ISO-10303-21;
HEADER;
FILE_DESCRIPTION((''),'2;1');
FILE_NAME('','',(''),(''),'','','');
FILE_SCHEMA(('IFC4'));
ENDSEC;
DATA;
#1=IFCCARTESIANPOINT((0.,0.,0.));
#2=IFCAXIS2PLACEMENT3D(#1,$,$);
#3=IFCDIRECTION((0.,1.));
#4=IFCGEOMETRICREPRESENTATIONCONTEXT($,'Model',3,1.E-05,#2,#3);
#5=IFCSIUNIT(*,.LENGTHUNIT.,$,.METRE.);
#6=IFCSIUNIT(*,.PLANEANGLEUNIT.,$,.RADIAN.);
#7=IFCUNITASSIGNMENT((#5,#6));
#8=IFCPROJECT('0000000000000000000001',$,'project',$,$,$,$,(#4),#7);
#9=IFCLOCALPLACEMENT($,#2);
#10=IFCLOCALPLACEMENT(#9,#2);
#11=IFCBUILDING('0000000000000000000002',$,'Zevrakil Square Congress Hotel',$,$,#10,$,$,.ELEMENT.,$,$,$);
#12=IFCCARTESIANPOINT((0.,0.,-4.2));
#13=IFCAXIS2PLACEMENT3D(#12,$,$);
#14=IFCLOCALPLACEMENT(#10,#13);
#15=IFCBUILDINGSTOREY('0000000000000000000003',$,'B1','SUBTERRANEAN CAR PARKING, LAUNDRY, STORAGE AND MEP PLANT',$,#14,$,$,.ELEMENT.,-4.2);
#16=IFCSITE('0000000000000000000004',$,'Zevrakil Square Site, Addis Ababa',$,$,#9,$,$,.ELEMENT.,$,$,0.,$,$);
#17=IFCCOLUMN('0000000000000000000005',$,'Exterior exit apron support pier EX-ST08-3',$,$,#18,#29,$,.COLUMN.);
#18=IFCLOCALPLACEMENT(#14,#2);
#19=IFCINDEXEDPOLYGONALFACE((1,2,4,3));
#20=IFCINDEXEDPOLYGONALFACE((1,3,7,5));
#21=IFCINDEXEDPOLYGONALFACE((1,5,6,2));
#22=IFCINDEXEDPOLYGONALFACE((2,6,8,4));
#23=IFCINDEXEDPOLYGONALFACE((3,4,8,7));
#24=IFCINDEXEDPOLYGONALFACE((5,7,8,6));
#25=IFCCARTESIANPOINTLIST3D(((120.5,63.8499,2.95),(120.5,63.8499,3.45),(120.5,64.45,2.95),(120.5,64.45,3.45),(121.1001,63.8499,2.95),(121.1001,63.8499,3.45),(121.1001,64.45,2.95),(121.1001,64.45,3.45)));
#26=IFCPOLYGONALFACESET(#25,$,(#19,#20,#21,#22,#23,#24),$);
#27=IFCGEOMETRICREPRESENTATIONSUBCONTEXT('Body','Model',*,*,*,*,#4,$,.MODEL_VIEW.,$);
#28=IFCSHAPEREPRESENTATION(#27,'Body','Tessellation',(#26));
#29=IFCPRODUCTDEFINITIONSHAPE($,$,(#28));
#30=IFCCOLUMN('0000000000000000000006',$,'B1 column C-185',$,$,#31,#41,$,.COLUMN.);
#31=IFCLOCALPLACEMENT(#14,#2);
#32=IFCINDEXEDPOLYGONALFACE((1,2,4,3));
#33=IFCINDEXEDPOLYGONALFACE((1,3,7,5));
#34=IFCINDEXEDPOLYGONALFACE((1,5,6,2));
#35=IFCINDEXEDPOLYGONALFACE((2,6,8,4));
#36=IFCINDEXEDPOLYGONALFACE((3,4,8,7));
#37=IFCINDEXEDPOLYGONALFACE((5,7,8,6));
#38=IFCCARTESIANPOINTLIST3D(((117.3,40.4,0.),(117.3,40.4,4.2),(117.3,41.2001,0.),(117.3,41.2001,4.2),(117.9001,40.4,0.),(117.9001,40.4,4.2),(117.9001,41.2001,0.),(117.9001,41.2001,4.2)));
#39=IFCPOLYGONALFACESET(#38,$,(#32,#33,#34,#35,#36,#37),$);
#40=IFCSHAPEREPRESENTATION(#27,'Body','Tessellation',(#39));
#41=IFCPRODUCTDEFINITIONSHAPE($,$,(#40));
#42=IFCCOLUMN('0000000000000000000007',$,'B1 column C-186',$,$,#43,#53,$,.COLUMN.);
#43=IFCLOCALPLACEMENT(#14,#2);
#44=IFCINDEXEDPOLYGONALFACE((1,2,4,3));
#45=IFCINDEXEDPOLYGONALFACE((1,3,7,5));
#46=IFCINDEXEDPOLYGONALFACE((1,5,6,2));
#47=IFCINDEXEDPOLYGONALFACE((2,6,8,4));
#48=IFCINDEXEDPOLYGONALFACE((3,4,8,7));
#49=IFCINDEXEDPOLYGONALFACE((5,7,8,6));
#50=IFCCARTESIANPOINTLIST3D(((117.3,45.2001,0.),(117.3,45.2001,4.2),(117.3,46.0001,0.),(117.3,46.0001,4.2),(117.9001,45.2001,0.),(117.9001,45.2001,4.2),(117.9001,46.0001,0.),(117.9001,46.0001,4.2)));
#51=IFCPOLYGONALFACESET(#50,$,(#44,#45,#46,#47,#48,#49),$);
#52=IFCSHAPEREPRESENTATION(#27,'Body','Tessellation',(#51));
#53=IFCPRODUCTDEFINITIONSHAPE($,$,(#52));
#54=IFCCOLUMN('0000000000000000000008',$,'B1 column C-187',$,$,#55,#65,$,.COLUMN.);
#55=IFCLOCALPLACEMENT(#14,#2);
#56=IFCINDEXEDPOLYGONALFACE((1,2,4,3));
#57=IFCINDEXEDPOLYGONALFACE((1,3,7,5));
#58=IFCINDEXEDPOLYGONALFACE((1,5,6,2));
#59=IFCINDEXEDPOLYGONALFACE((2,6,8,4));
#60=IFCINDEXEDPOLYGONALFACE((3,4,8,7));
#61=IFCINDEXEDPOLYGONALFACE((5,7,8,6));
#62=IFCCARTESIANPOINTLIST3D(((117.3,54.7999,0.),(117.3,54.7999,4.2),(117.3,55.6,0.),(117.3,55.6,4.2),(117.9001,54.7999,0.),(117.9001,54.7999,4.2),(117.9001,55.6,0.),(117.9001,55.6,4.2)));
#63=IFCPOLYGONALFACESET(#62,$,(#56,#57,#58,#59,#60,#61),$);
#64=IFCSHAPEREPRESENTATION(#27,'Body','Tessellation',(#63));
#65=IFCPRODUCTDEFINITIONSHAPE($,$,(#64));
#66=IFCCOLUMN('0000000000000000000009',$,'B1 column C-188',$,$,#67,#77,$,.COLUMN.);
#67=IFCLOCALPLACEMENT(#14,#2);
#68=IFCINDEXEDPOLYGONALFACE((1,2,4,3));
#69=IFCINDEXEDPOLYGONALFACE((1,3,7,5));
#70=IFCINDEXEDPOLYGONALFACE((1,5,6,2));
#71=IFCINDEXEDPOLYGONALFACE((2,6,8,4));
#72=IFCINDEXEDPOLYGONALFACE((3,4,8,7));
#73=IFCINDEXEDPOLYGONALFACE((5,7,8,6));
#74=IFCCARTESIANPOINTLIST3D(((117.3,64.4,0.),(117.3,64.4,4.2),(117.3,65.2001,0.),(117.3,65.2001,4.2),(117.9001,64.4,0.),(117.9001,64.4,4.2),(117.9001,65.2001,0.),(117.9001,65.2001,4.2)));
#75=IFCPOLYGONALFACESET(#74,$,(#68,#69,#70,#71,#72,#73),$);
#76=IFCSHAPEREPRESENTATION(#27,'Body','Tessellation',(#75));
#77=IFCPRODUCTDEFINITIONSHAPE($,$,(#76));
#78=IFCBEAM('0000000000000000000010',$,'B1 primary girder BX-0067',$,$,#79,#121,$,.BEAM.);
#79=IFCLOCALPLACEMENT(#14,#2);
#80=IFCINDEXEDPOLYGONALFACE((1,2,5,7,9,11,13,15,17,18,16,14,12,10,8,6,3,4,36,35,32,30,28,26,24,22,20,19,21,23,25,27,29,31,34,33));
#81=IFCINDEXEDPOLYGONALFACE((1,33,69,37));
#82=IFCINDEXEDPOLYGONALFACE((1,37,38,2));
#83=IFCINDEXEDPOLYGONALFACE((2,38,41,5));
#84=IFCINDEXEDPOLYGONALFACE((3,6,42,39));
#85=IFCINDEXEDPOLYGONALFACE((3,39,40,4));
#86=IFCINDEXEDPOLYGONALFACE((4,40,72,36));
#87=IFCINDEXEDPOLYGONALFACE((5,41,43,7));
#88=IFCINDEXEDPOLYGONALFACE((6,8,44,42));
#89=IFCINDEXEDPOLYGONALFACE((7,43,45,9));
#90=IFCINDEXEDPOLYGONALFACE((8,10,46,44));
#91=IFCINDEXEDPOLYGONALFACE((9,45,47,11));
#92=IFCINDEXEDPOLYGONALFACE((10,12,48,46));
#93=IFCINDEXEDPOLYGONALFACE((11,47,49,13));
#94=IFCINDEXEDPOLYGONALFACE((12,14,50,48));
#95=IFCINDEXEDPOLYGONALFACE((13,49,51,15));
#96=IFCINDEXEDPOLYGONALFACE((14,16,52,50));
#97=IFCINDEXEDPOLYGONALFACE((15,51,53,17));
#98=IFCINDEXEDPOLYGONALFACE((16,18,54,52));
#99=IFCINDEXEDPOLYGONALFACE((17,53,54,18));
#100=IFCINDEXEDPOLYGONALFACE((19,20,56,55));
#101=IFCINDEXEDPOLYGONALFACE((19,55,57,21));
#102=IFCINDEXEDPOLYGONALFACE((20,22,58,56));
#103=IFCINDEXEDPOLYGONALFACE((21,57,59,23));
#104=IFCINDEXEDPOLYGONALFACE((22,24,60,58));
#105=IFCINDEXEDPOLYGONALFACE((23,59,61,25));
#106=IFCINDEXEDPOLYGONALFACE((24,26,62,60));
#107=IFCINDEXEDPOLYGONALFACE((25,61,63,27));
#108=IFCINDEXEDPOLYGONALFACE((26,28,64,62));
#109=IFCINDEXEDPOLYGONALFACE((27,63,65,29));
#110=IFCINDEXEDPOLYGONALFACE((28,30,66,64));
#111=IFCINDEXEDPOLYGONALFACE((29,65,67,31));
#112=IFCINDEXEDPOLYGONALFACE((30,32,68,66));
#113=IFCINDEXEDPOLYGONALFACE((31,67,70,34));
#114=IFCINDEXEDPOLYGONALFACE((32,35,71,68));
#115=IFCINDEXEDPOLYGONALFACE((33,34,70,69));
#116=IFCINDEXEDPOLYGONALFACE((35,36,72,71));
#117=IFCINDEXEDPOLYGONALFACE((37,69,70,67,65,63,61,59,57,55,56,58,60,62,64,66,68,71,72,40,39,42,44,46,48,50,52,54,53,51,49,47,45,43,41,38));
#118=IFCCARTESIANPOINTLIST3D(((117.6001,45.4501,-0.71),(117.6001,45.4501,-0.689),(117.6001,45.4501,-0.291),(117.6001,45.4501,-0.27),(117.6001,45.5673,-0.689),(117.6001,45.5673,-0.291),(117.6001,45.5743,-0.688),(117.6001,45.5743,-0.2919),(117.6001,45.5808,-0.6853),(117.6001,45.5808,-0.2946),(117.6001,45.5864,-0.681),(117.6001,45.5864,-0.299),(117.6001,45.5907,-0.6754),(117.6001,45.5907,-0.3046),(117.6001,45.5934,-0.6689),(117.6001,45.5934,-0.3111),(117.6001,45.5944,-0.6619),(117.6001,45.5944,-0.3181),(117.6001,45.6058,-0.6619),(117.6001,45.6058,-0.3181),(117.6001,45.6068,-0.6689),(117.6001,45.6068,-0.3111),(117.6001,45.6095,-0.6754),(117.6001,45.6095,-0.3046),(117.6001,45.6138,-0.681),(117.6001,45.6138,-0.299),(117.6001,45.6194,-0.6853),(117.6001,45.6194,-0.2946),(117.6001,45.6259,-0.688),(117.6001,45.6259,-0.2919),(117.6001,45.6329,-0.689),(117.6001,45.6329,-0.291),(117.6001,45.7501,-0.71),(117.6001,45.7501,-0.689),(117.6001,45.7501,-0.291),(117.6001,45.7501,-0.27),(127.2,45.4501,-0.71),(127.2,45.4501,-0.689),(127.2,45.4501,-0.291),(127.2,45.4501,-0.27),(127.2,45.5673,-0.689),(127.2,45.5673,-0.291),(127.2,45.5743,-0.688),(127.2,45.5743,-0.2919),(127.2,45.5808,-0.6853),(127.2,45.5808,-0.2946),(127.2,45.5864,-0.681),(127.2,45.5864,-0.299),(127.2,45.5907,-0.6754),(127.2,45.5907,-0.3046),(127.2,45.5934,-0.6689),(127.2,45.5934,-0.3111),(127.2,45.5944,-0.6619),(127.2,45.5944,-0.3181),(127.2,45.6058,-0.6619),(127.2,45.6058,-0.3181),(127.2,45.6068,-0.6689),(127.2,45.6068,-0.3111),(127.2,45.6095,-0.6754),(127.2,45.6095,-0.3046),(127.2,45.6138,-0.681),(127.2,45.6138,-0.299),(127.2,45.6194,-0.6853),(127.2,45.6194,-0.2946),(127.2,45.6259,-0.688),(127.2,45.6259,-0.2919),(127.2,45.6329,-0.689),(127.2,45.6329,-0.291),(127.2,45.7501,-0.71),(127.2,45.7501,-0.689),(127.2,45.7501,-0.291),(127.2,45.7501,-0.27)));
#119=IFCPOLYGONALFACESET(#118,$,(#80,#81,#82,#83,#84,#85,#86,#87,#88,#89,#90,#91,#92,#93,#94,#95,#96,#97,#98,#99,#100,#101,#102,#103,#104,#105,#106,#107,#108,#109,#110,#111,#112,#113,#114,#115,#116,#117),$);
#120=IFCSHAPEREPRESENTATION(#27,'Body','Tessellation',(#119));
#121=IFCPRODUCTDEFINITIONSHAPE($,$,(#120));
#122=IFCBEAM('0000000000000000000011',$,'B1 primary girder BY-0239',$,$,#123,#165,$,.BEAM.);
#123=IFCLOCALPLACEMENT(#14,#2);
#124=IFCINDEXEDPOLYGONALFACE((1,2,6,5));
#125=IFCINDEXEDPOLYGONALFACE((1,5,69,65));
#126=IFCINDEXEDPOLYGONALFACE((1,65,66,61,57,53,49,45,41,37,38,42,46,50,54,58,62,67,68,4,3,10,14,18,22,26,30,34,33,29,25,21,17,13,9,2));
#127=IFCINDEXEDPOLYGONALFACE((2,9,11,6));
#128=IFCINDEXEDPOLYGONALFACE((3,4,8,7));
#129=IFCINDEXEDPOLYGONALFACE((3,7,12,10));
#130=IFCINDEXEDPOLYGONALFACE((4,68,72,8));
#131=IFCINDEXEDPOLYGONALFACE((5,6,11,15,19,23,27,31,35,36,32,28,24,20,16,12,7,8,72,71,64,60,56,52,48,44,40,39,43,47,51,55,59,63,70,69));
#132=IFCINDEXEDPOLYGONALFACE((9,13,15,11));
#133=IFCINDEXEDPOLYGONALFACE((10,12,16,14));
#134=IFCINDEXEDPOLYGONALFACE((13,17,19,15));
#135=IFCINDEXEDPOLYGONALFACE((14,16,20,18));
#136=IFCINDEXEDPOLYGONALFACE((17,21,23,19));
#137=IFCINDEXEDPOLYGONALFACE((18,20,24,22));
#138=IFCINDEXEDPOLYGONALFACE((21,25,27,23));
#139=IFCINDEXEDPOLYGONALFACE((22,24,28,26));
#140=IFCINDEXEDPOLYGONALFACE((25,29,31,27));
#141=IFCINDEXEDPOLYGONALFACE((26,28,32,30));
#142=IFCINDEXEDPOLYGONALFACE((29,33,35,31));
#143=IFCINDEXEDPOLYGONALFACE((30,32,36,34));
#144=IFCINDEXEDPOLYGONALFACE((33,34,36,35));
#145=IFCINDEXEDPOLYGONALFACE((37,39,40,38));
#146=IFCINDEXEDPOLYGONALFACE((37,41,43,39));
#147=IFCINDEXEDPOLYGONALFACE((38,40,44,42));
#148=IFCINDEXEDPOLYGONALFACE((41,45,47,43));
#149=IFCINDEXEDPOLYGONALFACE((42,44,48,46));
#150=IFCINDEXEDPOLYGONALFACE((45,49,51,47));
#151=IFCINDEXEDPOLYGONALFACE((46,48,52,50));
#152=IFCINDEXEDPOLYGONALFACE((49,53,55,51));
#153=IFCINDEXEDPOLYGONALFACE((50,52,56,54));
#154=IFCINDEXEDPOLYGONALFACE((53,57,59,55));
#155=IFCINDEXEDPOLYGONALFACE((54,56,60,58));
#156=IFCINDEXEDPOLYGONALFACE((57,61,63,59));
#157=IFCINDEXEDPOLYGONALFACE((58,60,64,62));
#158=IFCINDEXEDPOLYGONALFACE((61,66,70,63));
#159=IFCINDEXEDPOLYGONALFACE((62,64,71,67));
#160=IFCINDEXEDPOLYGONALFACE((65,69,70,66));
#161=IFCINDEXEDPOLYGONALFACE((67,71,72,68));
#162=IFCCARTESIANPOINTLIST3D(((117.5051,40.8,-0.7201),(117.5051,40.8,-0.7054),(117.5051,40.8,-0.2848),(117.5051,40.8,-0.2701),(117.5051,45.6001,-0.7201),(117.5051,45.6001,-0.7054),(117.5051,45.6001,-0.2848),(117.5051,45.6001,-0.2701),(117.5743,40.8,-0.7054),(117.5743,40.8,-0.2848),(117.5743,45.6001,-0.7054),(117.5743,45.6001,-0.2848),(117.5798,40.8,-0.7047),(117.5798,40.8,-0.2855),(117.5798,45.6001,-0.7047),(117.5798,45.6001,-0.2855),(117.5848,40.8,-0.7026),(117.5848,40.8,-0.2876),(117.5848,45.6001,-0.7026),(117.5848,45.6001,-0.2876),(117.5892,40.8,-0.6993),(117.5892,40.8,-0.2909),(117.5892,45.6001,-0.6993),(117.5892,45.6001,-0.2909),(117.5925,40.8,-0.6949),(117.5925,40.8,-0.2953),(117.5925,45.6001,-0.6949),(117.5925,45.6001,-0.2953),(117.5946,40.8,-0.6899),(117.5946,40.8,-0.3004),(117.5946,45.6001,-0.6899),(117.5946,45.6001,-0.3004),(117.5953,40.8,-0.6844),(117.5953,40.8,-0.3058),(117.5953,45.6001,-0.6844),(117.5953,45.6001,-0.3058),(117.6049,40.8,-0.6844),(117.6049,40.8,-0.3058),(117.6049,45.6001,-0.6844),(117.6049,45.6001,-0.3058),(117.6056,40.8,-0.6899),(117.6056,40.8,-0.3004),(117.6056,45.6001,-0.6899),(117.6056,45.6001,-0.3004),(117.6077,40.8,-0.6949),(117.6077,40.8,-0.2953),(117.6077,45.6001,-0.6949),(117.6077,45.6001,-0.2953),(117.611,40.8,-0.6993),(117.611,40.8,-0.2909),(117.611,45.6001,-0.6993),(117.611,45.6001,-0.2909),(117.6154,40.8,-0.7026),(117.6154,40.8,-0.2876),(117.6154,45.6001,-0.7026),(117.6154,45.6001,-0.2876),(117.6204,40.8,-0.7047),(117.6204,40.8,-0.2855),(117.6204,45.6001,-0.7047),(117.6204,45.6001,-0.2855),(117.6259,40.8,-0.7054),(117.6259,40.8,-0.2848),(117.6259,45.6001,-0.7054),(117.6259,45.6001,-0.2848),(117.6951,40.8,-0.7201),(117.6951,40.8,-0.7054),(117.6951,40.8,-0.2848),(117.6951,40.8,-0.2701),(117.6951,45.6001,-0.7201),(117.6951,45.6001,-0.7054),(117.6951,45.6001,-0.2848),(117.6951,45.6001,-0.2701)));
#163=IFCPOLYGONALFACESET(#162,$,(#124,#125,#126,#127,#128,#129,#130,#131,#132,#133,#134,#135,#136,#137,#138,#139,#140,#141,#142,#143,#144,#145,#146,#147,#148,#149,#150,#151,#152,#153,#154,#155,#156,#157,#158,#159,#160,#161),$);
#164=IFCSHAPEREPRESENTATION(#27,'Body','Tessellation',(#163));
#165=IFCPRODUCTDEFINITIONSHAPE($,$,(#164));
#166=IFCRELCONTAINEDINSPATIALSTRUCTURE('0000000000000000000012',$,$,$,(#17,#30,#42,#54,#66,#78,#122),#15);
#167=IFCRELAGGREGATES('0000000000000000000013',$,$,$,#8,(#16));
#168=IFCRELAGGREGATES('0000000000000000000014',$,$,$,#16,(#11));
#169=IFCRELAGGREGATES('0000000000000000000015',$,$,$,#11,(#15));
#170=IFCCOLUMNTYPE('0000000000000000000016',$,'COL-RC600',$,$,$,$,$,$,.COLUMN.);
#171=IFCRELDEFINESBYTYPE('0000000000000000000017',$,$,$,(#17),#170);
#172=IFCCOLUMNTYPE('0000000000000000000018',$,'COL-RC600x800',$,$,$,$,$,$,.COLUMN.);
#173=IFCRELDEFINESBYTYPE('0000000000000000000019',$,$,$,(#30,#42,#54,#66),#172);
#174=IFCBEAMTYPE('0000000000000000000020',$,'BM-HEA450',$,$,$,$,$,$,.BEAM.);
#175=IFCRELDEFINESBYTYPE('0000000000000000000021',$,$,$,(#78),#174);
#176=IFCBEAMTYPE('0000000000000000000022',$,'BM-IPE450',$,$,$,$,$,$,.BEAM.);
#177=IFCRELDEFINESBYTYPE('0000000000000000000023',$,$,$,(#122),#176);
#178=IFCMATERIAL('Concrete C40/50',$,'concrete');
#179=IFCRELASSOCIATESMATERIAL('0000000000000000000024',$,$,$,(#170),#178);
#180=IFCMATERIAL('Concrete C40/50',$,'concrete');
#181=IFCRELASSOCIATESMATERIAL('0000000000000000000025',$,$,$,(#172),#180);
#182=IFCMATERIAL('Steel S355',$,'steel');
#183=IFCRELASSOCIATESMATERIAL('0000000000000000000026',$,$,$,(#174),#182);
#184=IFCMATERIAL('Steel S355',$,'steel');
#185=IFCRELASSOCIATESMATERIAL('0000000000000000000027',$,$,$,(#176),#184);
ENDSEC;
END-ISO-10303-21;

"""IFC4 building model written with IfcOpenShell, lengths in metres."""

from ifc_helpers import new_model, si_unit, direction, frame, origin, origin_2d, place, context, subcontext, project, spatial, rectangle, i_section, extrude, material, material_profile, profile_set, type_object, element, save


model = new_model("IFC4")

# Units and contexts
model_context = context("Model", 3, precision=1e-05, world=origin(), true_north=direction((0.0, 1.0)))
body_context = subcontext(model_context, "Body", "Model", "MODEL_VIEW")
ifc_project = project(units=[si_unit("LENGTHUNIT", "METRE"), si_unit("PLANEANGLEUNIT", "RADIAN")], contexts=[model_context])

# Site, building, storey
site_placement = place(None, origin())
site = spatial("IfcSite", under=ifc_project, at=site_placement, Name="Zevrakil Square Site, Addis Ababa", CompositionType="ELEMENT", RefElevation=0.0)
building_placement = place(site_placement, origin())
building = spatial("IfcBuilding", under=site, at=building_placement, Name="Zevrakil Square Congress Hotel", CompositionType="ELEMENT")
storey_placement = place(building_placement, frame((0.0, 0.0, -4.2)))
storey = spatial("IfcBuildingStorey", under=building, at=storey_placement, Name="B1", Description="SUBTERRANEAN CAR PARKING, LAUNDRY, STORAGE AND MEP PLANT", CompositionType="ELEMENT", Elevation=-4.2)

# Columns
ifc_material_1 = material(Name="Concrete C40/50", Category="concrete")
ifc_material_profile_1 = material_profile(ifc_material_1, rectangle(XDim=0.6001, YDim=0.6001, at=origin_2d()), Name="RC 600x600")
ifc_profile_set_1 = profile_set([ifc_material_profile_1], Name="Concrete C40/50")
column_type_1 = type_object("IfcColumnType", Name="COL-RC600", PredefinedType="COLUMN", material=ifc_profile_set_1)
for number, where, z_axis, x_axis, name in (
    (1, (120.8, 64.1499, 2.95), (0.0, 0.0, 1.0), (1.0, 0.0, 0.0), "Exterior exit apron support pier EX-ST08-3"),
):
    element("IfcColumn", number, at=place(storey_placement, frame(where, z_axis=z_axis, x_axis=x_axis)), inside=storey, type_object=column_type_1, Name=name, PredefinedType="COLUMN", context=body_context, shape_type="SweptSolid", body=[
        extrude(rectangle(XDim=0.6001, YDim=0.6001, at=origin_2d()), origin(), (0.0, 0.0, 1.0), 0.5),
    ])
ifc_material_2 = material(Name="Concrete C40/50", Category="concrete")
ifc_material_profile_2 = material_profile(ifc_material_2, rectangle(XDim=0.6001, YDim=0.8, at=origin_2d()), Name="RC 600x800")
ifc_profile_set_2 = profile_set([ifc_material_profile_2], Name="Concrete C40/50")
column_type_2 = type_object("IfcColumnType", Name="COL-RC600x800", PredefinedType="COLUMN", material=ifc_profile_set_2)
for number, where, z_axis, x_axis, name in (
    (2, (117.6001, 40.8, 0.0), (0.0, 0.0, 1.0), (1.0, 0.0, 0.0), "B1 column C-185"),
    (3, (117.6001, 45.6001, 0.0), (0.0, 0.0, 1.0), (1.0, 0.0, 0.0), "B1 column C-186"),
    (4, (117.6001, 55.2, 0.0), (0.0, 0.0, 1.0), (1.0, 0.0, 0.0), "B1 column C-187"),
    (5, (117.6001, 64.8, 0.0), (0.0, 0.0, 1.0), (1.0, 0.0, 0.0), "B1 column C-188"),
):
    element("IfcColumn", number, at=place(storey_placement, frame(where, z_axis=z_axis, x_axis=x_axis)), inside=storey, type_object=column_type_2, Name=name, PredefinedType="COLUMN", context=body_context, shape_type="SweptSolid", body=[
        extrude(rectangle(XDim=0.6001, YDim=0.8, at=origin_2d()), origin(), (0.0, 0.0, 1.0), 4.2),
    ])

# Beams
ifc_material_3 = material(Name="Steel S355", Category="steel")
ifc_material_profile_3 = material_profile(ifc_material_3, i_section(OverallWidth=0.3, OverallDepth=0.4399, WebThickness=0.0115, FlangeThickness=0.021, FilletRadius=0.0271, at=origin_2d()), Name="HEA 450")
ifc_profile_set_3 = profile_set([ifc_material_profile_3], Name="Steel S355")
beam_type_1 = type_object("IfcBeamType", Name="BM-HEA450", PredefinedType="BEAM", material=ifc_profile_set_3)
beam_1_placement = place(storey_placement, frame((117.6001, 45.6001, -0.49), z_axis=(1.0, 0.0, 0.0), x_axis=(0.0, 1.0, 0.0)))
element("IfcBeam", 6, at=beam_1_placement, inside=storey, type_object=beam_type_1, Name="B1 primary girder BX-0067", PredefinedType="BEAM", context=body_context, shape_type="SweptSolid", body=[
    extrude(i_section(OverallWidth=0.3, OverallDepth=0.4399, WebThickness=0.0115, FlangeThickness=0.021, FilletRadius=0.0271, at=origin_2d()), origin(), (0.0, 0.0, 1.0), 9.5999),
])
ifc_material_4 = material(Name="Steel S355", Category="steel")
ifc_material_profile_4 = material_profile(ifc_material_4, i_section(OverallWidth=0.1899, OverallDepth=0.45, WebThickness=0.0095, FlangeThickness=0.0146, FilletRadius=0.021, at=origin_2d()), Name="IPE 450")
ifc_profile_set_4 = profile_set([ifc_material_profile_4], Name="Steel S355")
beam_type_2 = type_object("IfcBeamType", Name="BM-IPE450", PredefinedType="BEAM", material=ifc_profile_set_4)
beam_2_placement = place(storey_placement, frame((117.6001, 40.8, -0.4951), z_axis=(0.0, 1.0, 0.0), x_axis=(-1.0, 0.0, 0.0)))
element("IfcBeam", 7, at=beam_2_placement, inside=storey, type_object=beam_type_2, Name="B1 primary girder BY-0239", PredefinedType="BEAM", context=body_context, shape_type="SweptSolid", body=[
    extrude(i_section(OverallWidth=0.1899, OverallDepth=0.45, WebThickness=0.0095, FlangeThickness=0.0146, FilletRadius=0.021, at=origin_2d()), origin(), (0.0, 0.0, 1.0), 4.8),
])

save(model, "model.ifc")
